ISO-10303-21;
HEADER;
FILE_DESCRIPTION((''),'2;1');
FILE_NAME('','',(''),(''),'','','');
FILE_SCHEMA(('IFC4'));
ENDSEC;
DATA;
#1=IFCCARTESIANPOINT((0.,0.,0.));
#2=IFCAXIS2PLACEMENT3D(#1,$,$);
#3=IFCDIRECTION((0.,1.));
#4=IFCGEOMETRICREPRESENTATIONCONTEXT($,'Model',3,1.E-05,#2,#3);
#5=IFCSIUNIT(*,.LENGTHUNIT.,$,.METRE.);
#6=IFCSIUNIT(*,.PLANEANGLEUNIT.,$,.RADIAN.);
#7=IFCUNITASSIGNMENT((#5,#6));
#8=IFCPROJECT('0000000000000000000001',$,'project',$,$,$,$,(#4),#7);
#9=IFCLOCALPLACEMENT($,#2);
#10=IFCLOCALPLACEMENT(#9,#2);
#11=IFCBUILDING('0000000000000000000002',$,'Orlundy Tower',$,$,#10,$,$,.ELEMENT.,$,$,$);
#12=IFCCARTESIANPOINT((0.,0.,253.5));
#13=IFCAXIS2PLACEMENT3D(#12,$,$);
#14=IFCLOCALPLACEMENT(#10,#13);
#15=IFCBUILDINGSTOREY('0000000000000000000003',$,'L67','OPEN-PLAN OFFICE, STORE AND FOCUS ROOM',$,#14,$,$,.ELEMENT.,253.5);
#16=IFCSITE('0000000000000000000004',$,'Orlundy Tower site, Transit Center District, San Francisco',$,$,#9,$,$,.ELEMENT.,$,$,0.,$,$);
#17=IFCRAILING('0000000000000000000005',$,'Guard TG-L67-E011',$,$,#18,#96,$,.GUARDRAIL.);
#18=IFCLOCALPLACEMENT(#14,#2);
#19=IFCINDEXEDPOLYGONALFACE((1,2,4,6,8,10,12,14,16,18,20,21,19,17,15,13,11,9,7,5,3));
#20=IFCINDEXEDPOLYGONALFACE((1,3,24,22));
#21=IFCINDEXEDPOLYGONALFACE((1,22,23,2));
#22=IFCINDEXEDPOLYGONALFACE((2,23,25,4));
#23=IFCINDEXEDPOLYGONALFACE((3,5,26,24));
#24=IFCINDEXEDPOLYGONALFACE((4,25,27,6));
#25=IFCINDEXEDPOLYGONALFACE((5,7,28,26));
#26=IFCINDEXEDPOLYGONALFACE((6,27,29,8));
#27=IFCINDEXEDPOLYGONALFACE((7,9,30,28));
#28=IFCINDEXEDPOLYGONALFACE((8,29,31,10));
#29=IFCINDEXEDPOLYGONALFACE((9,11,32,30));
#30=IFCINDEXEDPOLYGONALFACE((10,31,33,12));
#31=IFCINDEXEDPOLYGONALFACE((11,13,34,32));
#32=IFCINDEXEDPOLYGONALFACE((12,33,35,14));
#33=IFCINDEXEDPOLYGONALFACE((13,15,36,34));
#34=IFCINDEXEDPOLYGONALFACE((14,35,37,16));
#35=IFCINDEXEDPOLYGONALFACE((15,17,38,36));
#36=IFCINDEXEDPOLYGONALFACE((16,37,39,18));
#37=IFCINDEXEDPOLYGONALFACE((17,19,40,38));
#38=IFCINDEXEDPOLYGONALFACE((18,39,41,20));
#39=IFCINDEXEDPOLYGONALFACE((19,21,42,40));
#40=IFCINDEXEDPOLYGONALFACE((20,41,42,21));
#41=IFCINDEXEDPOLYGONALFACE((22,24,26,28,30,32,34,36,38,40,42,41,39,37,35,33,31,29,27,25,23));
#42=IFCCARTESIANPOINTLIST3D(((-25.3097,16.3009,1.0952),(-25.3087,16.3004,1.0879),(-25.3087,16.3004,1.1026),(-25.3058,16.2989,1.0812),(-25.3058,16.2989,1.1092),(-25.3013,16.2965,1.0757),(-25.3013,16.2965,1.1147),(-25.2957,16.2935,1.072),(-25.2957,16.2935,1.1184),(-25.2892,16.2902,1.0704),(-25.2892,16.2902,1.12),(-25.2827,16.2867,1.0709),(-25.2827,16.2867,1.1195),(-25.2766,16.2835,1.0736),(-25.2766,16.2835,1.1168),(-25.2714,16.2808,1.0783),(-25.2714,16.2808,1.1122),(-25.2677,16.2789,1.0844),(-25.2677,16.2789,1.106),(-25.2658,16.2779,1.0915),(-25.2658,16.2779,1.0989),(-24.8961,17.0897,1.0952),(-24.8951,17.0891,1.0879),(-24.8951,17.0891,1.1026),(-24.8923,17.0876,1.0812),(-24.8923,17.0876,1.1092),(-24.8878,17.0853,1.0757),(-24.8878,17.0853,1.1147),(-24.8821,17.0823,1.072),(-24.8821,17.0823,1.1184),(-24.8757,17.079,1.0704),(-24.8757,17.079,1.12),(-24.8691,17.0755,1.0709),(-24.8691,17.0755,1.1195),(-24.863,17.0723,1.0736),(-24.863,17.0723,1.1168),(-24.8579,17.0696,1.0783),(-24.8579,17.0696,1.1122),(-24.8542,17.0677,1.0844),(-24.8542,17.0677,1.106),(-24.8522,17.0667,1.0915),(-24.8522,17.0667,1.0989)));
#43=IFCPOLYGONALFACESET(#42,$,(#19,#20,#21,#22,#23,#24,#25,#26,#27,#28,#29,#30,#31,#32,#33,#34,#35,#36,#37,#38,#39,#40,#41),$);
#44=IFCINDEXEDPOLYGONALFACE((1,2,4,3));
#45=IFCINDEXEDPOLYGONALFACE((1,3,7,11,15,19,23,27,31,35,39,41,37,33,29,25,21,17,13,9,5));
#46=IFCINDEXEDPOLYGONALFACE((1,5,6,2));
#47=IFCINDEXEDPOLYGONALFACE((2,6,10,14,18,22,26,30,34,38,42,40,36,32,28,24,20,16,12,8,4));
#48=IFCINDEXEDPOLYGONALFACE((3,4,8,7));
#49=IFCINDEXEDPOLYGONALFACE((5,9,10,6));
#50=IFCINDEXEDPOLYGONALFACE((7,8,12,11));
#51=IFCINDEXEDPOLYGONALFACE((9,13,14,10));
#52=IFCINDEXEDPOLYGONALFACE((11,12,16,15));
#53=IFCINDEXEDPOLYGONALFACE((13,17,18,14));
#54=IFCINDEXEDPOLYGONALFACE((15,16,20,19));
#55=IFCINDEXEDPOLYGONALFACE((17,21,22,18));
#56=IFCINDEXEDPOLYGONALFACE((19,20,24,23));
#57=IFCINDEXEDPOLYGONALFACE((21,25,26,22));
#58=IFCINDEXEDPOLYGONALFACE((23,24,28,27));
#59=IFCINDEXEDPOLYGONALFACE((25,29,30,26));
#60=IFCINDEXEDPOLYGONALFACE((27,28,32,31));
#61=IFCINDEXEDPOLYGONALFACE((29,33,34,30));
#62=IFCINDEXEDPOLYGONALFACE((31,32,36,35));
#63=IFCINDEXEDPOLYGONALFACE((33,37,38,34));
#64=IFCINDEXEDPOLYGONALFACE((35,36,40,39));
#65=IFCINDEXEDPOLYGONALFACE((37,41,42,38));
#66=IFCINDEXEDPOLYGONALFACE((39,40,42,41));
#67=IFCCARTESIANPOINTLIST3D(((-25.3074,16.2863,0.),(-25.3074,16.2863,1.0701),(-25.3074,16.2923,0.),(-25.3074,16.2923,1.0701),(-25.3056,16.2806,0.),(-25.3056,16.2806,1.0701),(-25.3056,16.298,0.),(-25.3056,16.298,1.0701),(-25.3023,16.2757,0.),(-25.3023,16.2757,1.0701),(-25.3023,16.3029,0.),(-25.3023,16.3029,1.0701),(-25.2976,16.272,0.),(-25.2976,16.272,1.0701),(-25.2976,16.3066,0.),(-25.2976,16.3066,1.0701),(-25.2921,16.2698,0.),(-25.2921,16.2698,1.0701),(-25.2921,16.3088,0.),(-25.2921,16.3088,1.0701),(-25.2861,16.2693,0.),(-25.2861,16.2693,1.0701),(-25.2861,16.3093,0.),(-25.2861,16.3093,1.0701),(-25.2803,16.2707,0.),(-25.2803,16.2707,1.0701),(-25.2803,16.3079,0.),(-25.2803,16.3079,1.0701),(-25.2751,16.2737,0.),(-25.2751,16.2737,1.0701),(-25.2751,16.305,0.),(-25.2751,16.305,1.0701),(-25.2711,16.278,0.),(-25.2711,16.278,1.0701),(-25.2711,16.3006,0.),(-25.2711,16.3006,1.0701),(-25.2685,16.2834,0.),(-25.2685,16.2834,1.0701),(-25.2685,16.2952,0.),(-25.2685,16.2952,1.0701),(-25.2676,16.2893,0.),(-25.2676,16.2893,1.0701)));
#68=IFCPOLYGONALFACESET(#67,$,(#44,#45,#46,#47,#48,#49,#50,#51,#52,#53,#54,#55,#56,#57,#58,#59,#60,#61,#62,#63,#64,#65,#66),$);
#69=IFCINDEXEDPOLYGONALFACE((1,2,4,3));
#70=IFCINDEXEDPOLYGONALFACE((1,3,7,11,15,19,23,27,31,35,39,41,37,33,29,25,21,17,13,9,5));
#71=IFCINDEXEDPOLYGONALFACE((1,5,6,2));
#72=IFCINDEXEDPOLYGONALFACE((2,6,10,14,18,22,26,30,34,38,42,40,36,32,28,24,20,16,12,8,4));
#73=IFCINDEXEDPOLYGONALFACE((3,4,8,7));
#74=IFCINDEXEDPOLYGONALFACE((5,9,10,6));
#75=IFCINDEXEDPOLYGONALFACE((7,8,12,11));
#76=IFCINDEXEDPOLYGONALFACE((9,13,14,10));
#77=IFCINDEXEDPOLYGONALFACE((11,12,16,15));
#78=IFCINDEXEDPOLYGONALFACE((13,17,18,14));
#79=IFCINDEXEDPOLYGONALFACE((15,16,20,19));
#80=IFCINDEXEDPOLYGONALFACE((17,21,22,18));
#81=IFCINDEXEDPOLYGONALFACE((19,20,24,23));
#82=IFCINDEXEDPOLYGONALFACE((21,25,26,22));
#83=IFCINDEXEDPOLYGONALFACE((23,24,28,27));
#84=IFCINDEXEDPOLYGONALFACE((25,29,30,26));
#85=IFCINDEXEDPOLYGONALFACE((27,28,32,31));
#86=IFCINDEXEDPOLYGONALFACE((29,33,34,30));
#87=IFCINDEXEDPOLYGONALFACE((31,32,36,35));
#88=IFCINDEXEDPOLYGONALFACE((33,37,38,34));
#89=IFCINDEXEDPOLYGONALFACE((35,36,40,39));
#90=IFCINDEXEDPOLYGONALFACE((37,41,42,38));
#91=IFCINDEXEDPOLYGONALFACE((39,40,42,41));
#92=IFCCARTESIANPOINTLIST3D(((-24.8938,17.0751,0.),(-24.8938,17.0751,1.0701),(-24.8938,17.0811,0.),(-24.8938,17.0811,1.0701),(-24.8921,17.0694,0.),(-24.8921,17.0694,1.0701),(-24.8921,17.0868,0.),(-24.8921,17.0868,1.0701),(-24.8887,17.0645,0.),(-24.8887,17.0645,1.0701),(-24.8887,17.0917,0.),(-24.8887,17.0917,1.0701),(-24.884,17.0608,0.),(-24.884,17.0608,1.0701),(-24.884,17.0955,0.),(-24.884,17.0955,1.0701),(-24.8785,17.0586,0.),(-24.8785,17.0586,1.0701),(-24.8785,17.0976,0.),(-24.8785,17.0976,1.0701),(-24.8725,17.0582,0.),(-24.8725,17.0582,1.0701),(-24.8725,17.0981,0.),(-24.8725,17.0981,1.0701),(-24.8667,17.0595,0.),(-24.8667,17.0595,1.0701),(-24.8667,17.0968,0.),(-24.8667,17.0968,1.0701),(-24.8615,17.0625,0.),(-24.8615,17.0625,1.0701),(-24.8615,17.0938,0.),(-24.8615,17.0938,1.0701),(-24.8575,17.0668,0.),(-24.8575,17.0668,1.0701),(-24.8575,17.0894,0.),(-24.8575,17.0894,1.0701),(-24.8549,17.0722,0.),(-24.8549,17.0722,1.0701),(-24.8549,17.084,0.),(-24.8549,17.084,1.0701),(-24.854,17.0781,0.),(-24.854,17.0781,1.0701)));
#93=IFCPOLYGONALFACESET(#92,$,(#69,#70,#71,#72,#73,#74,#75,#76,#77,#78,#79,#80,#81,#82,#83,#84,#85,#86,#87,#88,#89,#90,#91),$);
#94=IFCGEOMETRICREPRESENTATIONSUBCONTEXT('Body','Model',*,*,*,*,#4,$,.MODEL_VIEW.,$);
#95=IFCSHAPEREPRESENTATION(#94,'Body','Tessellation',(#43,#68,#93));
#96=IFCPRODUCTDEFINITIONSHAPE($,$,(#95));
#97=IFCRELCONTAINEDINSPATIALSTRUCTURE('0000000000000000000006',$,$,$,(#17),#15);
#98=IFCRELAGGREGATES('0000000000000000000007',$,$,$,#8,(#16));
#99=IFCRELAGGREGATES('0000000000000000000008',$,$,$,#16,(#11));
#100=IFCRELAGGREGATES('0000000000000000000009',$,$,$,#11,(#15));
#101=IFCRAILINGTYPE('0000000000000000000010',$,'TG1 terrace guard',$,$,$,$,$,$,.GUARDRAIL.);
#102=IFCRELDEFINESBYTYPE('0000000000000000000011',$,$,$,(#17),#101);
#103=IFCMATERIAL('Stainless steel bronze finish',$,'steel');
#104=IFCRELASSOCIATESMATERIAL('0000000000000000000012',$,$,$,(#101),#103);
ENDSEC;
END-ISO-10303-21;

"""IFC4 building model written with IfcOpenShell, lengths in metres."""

from ifc_helpers import new_model, si_unit, direction, frame, origin, origin_2d, place, context, subcontext, project, spatial, circle, extrude, material, type_object, element, save


model = new_model("IFC4")

# Units and contexts
model_context = context("Model", 3, precision=1e-05, world=origin(), true_north=direction((0.0, 1.0)))
body_context = subcontext(model_context, "Body", "Model", "MODEL_VIEW")
ifc_project = project(units=[si_unit("LENGTHUNIT", "METRE"), si_unit("PLANEANGLEUNIT", "RADIAN")], contexts=[model_context])

# Site, building, storey
site_placement = place(None, origin())
site = spatial("IfcSite", under=ifc_project, at=site_placement, Name="Orlundy Tower site, Transit Center District, San Francisco", CompositionType="ELEMENT", RefElevation=0.0)
building_placement = place(site_placement, origin())
building = spatial("IfcBuilding", under=site, at=building_placement, Name="Orlundy Tower", CompositionType="ELEMENT")
storey_placement = place(building_placement, frame((0.0, 0.0, 253.5)))
storey = spatial("IfcBuildingStorey", under=building, at=storey_placement, Name="L67", Description="OPEN-PLAN OFFICE, STORE AND FOCUS ROOM", CompositionType="ELEMENT", Elevation=253.5)

# Railing
ifc_material_1 = material(Name="Stainless steel bronze finish", Category="steel")
railing_type_1 = type_object("IfcRailingType", Name="TG1 terrace guard", PredefinedType="GUARDRAIL", material=ifc_material_1)
railing_1_placement = place(storey_placement, frame((-25.2876, 16.2893, 0.0)))
element("IfcRailing", 1, at=railing_1_placement, inside=storey, type_object=railing_type_1, Name="Guard TG-L67-E011", PredefinedType="GUARDRAIL", context=body_context, shape_type="SweptSolid", body=[
    extrude(circle(Radius=0.0249, at=origin_2d()), frame((0.0, 0.0, 1.0952), z_axis=(0.464345, 0.885654, 0.0), x_axis=(-0.885654, 0.464345, 0.0)), (0.0, 0.0, 1.0), 0.8906),
    extrude(circle(Radius=0.02, at=origin_2d()), origin(), (0.0, 0.0, 1.0), 1.0701),
    extrude(circle(Radius=0.02, at=origin_2d()), frame((0.4136, 0.7888, 0.0)), (0.0, 0.0, 1.0), 1.0701),
])

save(model, "model.ifc")
